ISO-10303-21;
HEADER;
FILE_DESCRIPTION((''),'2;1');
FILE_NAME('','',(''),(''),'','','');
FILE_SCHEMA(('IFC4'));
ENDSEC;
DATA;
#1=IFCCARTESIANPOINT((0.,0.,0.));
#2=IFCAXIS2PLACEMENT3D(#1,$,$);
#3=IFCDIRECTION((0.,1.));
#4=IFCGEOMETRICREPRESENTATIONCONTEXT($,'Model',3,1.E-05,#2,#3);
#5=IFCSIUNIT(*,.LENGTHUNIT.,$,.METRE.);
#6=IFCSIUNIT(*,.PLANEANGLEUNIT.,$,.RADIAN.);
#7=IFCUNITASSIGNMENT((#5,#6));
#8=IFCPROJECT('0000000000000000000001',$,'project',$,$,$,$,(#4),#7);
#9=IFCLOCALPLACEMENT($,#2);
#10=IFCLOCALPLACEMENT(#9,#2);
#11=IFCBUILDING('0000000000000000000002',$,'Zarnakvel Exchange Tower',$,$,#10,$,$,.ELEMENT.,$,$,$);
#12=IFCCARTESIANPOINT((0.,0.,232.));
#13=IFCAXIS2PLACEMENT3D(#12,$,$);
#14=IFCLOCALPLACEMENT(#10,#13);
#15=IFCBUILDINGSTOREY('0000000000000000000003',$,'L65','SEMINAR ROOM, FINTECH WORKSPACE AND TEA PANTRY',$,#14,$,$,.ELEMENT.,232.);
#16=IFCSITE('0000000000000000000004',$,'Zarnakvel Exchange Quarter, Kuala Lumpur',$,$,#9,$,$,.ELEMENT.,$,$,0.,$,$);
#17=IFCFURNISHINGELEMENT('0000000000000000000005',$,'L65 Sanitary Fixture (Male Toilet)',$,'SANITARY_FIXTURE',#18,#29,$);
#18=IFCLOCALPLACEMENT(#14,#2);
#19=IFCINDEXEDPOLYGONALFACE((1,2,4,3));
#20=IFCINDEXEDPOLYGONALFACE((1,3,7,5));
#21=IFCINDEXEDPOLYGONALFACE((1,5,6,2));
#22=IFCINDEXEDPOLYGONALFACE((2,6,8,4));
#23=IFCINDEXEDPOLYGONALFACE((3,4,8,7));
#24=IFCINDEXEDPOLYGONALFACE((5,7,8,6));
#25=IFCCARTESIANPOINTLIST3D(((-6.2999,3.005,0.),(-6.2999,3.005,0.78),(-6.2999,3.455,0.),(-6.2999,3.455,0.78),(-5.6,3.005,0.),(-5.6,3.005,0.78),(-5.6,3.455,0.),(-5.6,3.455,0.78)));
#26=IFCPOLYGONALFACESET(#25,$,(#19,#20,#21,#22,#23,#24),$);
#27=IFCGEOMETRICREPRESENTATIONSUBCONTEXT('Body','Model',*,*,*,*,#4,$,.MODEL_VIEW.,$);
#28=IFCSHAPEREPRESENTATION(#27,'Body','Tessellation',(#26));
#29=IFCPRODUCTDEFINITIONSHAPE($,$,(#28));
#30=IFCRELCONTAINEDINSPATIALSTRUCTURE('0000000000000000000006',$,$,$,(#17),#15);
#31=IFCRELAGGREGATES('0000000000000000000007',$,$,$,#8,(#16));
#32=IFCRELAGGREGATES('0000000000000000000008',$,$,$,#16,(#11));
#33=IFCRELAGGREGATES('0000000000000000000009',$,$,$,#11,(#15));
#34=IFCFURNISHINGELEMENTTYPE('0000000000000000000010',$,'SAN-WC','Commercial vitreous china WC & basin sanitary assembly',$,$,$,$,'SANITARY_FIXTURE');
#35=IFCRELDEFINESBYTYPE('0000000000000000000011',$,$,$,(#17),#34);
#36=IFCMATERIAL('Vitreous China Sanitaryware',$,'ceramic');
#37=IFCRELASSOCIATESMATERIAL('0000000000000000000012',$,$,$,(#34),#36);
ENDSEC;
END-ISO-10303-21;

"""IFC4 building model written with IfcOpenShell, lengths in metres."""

from ifc_helpers import new_model, si_unit, direction, frame, origin, origin_2d, place, context, subcontext, project, spatial, rectangle, extrude, source, transform, mapped, material, type_object, element, save


model = new_model("IFC4")

# Units and contexts
model_context = context("Model", 3, precision=1e-05, world=origin(), true_north=direction((0.0, 1.0)))
body_context = subcontext(model_context, "Body", "Model", "MODEL_VIEW")
ifc_project = project(units=[si_unit("LENGTHUNIT", "METRE"), si_unit("PLANEANGLEUNIT", "RADIAN")], contexts=[model_context])

# Site, building, storey
site_placement = place(None, origin())
site = spatial("IfcSite", under=ifc_project, at=site_placement, Name="Zarnakvel Exchange Quarter, Kuala Lumpur", CompositionType="ELEMENT", RefElevation=0.0)
building_placement = place(site_placement, origin())
building = spatial("IfcBuilding", under=site, at=building_placement, Name="Zarnakvel Exchange Tower", CompositionType="ELEMENT")
storey_placement = place(building_placement, frame((0.0, 0.0, 232.0)))
storey = spatial("IfcBuildingStorey", under=building, at=storey_placement, Name="L65", Description="SEMINAR ROOM, FINTECH WORKSPACE AND TEA PANTRY", CompositionType="ELEMENT", Elevation=232.0)

# Furnishing element
ifc_material_1 = material(Name="Vitreous China Sanitaryware", Category="ceramic")
furnishing_element_type = type_object("IfcFurnishingElementType", Name="SAN-WC", Description="Commercial vitreous china WC & basin sanitary assembly", ElementType="SANITARY_FIXTURE", material=ifc_material_1)
shared_shape_1 = source(origin(), body_context, "Body", "SweptSolid", [
    extrude(rectangle(XDim=0.7, YDim=0.45, at=origin_2d()), origin(), (0.0, 0.0, 1.0), 0.78),
])
furnishing_placement = place(storey_placement, frame((-5.95, 3.23, 0.0), z_axis=(0.0, 0.0, 1.0), x_axis=(1.0, 0.0, 0.0)))
element("IfcFurnishingElement", 1, at=furnishing_placement, inside=storey, type_object=furnishing_element_type, Name="L65 Sanitary Fixture (Male Toilet)", ObjectType="SANITARY_FIXTURE", context=body_context, shape_type="MappedRepresentation", body=[
    mapped(shared_shape_1, transform((0.0, 0.0, 0.0), x_axis=(1.0, 0.0, 0.0), y_axis=(0.0, 1.0, 0.0), z_axis=(0.0, 0.0, 1.0), scale=1.0)),
])

save(model, "model.ifc")
